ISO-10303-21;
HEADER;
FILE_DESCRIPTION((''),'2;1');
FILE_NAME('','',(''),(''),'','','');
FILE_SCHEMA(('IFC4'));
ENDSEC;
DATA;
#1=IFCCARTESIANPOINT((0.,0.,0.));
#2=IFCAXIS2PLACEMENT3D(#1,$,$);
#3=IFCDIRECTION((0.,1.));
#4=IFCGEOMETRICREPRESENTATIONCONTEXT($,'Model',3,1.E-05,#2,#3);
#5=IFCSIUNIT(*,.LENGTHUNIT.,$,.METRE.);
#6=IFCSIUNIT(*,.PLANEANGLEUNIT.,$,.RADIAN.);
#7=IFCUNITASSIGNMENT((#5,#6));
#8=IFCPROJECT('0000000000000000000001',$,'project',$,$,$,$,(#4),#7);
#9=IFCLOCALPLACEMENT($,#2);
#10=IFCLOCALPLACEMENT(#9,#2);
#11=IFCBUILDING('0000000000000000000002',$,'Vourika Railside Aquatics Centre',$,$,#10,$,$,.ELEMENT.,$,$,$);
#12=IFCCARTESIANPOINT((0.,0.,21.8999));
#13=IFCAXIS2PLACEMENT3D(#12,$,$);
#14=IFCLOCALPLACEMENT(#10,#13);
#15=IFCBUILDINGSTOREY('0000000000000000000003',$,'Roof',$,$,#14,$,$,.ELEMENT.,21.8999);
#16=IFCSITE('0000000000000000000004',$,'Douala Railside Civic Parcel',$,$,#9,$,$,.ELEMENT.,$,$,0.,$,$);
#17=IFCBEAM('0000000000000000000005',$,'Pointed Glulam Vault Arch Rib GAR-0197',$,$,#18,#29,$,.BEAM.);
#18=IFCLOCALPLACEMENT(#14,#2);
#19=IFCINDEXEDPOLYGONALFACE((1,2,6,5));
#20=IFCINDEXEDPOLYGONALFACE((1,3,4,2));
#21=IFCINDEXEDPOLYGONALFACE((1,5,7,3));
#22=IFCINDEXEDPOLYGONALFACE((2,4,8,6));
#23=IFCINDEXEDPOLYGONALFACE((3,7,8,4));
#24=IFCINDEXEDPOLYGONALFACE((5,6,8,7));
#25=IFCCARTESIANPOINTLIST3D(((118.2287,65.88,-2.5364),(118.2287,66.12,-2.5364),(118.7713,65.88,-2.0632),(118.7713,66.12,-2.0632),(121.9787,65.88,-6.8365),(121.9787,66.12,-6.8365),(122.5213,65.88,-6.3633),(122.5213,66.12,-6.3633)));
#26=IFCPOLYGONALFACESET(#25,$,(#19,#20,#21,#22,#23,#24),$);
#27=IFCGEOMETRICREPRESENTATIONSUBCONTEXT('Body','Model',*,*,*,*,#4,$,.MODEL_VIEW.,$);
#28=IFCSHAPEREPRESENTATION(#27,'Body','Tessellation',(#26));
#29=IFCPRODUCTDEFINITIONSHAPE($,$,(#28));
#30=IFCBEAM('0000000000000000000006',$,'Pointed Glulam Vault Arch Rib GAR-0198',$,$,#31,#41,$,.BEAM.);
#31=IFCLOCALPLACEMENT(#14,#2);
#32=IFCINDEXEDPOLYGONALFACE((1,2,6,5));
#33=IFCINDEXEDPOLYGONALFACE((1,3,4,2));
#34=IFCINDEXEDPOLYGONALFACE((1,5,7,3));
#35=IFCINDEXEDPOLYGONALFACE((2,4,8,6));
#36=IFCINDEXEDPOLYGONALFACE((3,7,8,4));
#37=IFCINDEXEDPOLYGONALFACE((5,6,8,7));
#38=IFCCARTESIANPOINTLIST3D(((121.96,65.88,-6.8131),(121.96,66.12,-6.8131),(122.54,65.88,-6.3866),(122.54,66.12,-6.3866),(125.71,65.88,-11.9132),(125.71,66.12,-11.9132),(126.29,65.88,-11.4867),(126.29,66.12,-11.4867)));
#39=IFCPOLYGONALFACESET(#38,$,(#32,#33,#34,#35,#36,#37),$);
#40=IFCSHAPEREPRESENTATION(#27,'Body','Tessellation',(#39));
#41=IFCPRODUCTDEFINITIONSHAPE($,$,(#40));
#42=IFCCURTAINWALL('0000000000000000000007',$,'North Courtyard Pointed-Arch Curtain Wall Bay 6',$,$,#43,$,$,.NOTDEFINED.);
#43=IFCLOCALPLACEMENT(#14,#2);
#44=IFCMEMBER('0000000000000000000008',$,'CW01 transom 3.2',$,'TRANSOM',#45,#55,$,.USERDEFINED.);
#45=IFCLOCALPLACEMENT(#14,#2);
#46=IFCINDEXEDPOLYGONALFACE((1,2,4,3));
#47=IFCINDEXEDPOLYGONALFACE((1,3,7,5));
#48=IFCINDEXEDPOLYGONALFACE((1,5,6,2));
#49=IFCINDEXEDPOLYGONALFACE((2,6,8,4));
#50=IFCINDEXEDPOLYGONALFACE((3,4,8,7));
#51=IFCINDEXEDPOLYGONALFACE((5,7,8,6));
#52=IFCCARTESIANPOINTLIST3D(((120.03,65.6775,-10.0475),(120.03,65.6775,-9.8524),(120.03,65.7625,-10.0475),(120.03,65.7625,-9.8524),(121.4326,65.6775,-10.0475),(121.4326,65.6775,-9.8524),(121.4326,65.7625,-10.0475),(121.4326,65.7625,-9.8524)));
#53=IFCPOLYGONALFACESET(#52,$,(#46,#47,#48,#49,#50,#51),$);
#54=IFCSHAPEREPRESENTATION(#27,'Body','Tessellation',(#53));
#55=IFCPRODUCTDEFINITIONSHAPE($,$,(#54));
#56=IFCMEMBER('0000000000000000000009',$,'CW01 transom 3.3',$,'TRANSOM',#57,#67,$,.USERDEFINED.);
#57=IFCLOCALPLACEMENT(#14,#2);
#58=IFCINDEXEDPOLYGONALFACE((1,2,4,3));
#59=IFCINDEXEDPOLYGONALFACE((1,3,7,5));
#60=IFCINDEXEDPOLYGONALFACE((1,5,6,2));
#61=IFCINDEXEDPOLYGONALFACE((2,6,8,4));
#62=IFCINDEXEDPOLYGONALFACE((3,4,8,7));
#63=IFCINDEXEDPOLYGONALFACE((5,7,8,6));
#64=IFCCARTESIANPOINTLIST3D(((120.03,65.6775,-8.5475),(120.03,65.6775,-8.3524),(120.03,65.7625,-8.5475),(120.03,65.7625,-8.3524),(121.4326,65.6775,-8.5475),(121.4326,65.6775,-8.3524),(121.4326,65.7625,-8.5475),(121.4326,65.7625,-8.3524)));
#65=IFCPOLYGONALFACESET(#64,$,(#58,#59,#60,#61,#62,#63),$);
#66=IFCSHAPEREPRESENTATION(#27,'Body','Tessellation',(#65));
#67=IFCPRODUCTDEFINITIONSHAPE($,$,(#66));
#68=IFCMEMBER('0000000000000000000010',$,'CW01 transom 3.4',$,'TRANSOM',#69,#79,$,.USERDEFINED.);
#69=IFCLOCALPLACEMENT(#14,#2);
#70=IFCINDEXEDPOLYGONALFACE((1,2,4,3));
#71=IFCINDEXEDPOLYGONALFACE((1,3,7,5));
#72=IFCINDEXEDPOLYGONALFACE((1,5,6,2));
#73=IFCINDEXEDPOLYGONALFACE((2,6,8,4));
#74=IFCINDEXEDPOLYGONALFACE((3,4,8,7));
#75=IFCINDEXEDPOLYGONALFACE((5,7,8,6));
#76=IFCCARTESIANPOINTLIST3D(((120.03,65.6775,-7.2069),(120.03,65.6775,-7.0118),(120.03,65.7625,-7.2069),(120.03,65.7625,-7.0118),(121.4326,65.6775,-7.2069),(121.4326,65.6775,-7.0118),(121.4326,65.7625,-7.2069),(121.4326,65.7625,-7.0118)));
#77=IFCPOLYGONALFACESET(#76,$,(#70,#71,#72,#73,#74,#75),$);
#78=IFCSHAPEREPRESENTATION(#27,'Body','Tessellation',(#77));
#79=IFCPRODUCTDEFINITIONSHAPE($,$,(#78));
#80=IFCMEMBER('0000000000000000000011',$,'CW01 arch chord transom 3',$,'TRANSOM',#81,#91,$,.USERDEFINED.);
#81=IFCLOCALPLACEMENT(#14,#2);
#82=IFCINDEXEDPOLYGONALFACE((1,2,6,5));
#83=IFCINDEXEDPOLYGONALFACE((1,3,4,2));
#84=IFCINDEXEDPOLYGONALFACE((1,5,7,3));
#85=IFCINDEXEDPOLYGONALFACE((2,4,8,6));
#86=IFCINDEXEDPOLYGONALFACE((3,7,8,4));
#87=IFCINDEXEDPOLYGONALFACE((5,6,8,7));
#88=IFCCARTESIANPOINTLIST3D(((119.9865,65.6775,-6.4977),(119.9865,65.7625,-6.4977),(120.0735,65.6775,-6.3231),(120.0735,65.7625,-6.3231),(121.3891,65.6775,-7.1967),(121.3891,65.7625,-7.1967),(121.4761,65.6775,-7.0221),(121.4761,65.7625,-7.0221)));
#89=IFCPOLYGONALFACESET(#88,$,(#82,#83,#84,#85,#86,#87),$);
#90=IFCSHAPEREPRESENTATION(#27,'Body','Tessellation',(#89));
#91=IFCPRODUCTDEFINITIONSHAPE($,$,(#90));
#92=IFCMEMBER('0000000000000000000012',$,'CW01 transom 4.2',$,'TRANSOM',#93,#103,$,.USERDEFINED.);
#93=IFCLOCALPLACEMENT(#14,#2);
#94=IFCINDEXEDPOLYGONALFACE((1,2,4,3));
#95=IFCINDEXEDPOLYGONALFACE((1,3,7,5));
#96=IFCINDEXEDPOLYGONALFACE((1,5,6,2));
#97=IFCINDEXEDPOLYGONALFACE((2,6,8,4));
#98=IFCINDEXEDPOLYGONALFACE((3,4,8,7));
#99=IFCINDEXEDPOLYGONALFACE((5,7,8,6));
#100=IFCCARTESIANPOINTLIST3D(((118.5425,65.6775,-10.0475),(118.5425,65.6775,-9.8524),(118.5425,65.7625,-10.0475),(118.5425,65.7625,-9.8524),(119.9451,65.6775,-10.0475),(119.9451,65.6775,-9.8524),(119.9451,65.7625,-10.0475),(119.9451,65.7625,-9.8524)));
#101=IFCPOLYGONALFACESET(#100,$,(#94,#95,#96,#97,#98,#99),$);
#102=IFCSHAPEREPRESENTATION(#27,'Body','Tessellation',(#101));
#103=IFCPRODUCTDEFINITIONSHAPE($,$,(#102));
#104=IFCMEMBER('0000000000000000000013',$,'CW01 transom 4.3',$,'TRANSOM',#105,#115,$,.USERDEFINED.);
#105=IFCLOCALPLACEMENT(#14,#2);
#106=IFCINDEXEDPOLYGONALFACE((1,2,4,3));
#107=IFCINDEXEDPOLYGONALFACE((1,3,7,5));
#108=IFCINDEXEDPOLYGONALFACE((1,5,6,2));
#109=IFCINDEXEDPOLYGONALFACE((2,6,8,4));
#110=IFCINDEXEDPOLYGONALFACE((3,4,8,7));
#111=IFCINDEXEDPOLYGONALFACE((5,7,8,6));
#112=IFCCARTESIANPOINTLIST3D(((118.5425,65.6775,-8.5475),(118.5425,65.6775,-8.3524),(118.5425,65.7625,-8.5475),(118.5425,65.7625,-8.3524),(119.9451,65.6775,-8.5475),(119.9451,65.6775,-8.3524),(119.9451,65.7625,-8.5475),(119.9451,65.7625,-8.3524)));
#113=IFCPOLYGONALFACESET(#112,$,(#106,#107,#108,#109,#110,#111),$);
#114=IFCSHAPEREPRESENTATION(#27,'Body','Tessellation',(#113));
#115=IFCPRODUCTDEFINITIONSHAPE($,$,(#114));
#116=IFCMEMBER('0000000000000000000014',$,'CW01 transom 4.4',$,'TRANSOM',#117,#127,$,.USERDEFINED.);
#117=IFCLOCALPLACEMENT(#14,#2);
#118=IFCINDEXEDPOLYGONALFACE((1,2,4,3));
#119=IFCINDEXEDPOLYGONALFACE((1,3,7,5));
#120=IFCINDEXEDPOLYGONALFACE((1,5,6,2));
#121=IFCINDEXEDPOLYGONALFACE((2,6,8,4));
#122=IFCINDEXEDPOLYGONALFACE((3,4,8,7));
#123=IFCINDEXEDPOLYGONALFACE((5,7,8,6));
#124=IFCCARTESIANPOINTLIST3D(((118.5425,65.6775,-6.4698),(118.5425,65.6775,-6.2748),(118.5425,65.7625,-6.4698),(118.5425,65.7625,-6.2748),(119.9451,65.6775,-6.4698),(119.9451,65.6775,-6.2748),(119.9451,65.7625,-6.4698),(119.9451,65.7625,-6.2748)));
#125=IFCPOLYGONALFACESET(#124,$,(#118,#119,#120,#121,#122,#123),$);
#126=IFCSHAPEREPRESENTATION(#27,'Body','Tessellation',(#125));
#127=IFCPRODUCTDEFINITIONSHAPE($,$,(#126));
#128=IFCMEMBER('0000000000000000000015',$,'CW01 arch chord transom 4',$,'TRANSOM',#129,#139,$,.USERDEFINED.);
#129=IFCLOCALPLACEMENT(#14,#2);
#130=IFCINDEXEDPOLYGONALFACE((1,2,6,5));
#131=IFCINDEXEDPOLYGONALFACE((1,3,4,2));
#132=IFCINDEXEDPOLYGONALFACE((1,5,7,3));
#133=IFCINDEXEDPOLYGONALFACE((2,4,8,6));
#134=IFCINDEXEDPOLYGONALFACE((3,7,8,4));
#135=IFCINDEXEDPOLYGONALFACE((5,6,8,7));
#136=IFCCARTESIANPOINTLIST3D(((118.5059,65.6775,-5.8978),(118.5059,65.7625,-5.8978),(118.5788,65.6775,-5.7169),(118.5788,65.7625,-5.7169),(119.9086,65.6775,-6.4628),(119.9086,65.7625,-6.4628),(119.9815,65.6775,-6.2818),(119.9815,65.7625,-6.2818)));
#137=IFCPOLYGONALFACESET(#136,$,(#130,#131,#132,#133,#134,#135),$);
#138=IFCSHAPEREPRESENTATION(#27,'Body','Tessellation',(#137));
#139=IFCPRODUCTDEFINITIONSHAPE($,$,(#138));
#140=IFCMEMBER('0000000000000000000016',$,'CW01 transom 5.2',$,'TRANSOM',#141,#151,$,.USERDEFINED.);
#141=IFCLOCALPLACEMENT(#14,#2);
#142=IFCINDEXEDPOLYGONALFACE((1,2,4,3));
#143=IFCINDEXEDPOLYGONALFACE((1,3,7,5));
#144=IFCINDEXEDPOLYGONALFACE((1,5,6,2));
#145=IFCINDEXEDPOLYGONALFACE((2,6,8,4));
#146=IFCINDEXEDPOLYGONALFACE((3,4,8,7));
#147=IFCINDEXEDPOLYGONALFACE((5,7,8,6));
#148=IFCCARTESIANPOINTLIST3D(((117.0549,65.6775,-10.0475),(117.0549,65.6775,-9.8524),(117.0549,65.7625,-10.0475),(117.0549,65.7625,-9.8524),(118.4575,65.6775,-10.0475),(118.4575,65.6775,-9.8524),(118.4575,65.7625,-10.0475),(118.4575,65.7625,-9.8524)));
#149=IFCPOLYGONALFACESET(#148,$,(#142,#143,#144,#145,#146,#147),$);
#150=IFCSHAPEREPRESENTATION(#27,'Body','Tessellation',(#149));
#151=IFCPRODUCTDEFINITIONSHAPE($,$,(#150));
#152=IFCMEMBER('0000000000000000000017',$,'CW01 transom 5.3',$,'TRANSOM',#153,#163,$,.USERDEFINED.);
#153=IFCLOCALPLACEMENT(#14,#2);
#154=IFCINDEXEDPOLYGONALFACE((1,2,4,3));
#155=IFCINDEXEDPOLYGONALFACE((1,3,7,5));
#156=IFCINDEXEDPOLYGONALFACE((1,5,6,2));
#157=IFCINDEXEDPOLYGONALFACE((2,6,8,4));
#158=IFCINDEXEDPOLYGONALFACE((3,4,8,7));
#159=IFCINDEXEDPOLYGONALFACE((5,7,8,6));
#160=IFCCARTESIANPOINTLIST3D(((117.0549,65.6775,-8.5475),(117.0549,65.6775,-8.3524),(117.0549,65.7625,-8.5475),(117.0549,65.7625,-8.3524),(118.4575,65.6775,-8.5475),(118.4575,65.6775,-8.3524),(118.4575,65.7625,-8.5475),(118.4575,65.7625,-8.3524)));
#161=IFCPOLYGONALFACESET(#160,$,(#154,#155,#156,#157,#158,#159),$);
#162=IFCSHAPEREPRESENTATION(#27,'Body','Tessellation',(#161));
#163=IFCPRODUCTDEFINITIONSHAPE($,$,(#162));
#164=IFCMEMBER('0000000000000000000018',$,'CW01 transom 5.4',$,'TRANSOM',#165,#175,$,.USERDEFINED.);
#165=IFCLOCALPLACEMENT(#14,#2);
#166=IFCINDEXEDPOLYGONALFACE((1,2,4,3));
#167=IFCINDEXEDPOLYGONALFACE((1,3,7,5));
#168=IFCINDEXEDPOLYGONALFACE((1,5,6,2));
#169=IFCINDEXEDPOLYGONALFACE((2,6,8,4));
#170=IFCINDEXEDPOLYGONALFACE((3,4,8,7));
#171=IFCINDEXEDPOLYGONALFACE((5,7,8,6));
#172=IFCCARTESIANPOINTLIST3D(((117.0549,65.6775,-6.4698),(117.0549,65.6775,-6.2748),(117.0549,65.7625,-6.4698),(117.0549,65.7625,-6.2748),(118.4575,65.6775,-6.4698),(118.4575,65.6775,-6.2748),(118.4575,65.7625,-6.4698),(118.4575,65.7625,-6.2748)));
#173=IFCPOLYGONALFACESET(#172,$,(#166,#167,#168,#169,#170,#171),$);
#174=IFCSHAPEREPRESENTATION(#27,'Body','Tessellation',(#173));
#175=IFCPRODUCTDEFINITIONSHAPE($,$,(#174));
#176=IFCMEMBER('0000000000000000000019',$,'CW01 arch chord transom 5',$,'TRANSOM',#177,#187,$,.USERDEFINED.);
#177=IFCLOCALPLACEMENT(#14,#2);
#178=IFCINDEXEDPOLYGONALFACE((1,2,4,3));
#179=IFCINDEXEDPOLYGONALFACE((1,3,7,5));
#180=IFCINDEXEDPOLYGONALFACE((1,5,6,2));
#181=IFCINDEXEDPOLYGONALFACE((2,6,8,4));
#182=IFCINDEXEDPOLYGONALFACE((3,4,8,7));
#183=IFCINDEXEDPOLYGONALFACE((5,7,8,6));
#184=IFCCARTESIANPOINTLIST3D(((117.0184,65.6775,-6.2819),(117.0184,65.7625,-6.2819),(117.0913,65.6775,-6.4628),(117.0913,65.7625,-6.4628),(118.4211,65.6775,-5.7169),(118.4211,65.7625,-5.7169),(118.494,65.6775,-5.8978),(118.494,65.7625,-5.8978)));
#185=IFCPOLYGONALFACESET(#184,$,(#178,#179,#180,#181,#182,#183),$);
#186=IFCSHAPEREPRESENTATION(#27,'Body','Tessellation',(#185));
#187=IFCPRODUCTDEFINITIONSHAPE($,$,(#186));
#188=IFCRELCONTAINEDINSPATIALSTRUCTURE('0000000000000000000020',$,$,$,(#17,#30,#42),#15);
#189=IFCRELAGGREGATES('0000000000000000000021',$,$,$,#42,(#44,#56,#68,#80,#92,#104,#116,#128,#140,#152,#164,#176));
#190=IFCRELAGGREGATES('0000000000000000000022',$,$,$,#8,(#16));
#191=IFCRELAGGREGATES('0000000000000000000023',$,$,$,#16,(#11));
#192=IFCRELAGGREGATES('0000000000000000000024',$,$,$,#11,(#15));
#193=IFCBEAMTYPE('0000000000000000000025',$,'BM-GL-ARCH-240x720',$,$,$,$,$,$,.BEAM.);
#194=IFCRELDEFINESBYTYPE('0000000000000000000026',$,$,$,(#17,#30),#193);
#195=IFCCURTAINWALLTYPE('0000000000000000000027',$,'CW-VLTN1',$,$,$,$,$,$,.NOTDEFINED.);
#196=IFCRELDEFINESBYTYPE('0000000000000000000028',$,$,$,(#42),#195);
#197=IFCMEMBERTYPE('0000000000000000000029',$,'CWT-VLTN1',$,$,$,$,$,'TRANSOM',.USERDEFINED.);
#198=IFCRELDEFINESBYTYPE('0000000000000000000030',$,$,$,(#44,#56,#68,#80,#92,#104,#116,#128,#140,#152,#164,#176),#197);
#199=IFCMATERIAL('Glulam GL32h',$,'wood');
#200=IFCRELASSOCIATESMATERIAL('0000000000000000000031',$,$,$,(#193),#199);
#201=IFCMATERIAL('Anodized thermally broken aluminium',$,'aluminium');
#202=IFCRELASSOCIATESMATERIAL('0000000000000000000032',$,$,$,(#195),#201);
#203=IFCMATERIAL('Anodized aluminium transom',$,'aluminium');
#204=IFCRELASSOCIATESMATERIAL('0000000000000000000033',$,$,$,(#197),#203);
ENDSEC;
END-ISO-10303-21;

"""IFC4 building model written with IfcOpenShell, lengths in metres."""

from ifc_helpers import new_model, si_unit, direction, frame, origin, origin_2d, place, context, subcontext, project, spatial, rectangle, extrude, material, material_profile, profile_set, type_object, element, aggregate, save


model = new_model("IFC4")

# Units and contexts
model_context = context("Model", 3, precision=1e-05, world=origin(), true_north=direction((0.0, 1.0)))
body_context = subcontext(model_context, "Body", "Model", "MODEL_VIEW")
ifc_project = project(units=[si_unit("LENGTHUNIT", "METRE"), si_unit("PLANEANGLEUNIT", "RADIAN")], contexts=[model_context])

# Site, building, storey
site_placement = place(None, origin())
site = spatial("IfcSite", under=ifc_project, at=site_placement, Name="Douala Railside Civic Parcel", CompositionType="ELEMENT", RefElevation=0.0)
building_placement = place(site_placement, origin())
building = spatial("IfcBuilding", under=site, at=building_placement, Name="Vourika Railside Aquatics Centre", CompositionType="ELEMENT")
storey_placement = place(building_placement, frame((0.0, 0.0, 21.8999)))
storey = spatial("IfcBuildingStorey", under=building, at=storey_placement, Name="Roof", CompositionType="ELEMENT", Elevation=21.8999)

# Beams
ifc_material_1 = material(Name="Glulam GL32h", Category="wood")
ifc_material_profile_1 = material_profile(ifc_material_1, rectangle(XDim=0.24, YDim=0.72, at=origin_2d()), Name="GL32h 240x720")
ifc_profile_set_1 = profile_set([ifc_material_profile_1], Name="Glulam GL32h")
beam_type = type_object("IfcBeamType", Name="BM-GL-ARCH-240x720", PredefinedType="BEAM", material=ifc_profile_set_1)
beam_1_placement = place(storey_placement, frame((118.5, 66.0, -2.2998), z_axis=(0.657259, 0.0, -0.753665), x_axis=(0.0, 1.0, 0.0)))
element("IfcBeam", 1, at=beam_1_placement, inside=storey, type_object=beam_type, Name="Pointed Glulam Vault Arch Rib GAR-0197", PredefinedType="BEAM", context=body_context, shape_type="SweptSolid", body=[
    extrude(rectangle(XDim=0.24, YDim=0.72, at=origin_2d()), origin(), (0.0, 0.0, 1.0), 5.7056),
])
beam_2_placement = place(storey_placement, frame((122.25, 66.0, -6.5999), z_axis=(0.592383, 0.0, -0.805656), x_axis=(0.0, 1.0, 0.0)))
element("IfcBeam", 2, at=beam_2_placement, inside=storey, type_object=beam_type, Name="Pointed Glulam Vault Arch Rib GAR-0198", PredefinedType="BEAM", context=body_context, shape_type="SweptSolid", body=[
    extrude(rectangle(XDim=0.24, YDim=0.72, at=origin_2d()), origin(), (0.0, 0.0, 1.0), 6.3303),
])

# Curtain wall, members
ifc_material_2 = material(Name="Anodized thermally broken aluminium", Category="aluminium")
curtain_wall_type = type_object("IfcCurtainWallType", Name="CW-VLTN1", PredefinedType="NOTDEFINED", material=ifc_material_2)
curtain_wall_placement = place(storey_placement, origin())
curtain_wall = element("IfcCurtainWall", 3, at=curtain_wall_placement, inside=storey, type_object=curtain_wall_type, Name="North Courtyard Pointed-Arch Curtain Wall Bay 6", PredefinedType="NOTDEFINED")
ifc_material_3 = material(Name="Anodized aluminium transom", Category="aluminium")
ifc_material_profile_2 = material_profile(ifc_material_3, rectangle(XDim=0.085, YDim=0.1951, at=origin_2d()), Name="ALU-T 85x195")
ifc_profile_set_2 = profile_set([ifc_material_profile_2], Name="Anodized aluminium transom")
member_type = type_object("IfcMemberType", Name="CWT-VLTN1", ElementType="TRANSOM", PredefinedType="USERDEFINED", material=ifc_profile_set_2)
member_1_placement = place(storey_placement, frame((121.4326, 65.72, -9.95), z_axis=(-1.0, 0.0, 0.0), x_axis=(0.0, -1.0, 0.0)))
member_1 = element("IfcMember", 4, at=member_1_placement, type_object=member_type, Name="CW01 transom 3.2", ObjectType="TRANSOM", PredefinedType="USERDEFINED", context=body_context, shape_type="SweptSolid", body=[
    extrude(rectangle(XDim=0.085, YDim=0.1951, at=origin_2d()), origin(), (0.0, 0.0, 1.0), 1.4026),
])
member_2_placement = place(storey_placement, frame((121.4326, 65.72, -8.45), z_axis=(-1.0, 0.0, 0.0), x_axis=(0.0, -1.0, 0.0)))
member_2 = element("IfcMember", 5, at=member_2_placement, type_object=member_type, Name="CW01 transom 3.3", ObjectType="TRANSOM", PredefinedType="USERDEFINED", context=body_context, shape_type="SweptSolid", body=[
    extrude(rectangle(XDim=0.085, YDim=0.1951, at=origin_2d()), origin(), (0.0, 0.0, 1.0), 1.4026),
])
member_3_placement = place(storey_placement, frame((121.4326, 65.72, -7.1094), z_axis=(-1.0, 0.0, 0.0), x_axis=(0.0, -1.0, 0.0)))
member_3 = element("IfcMember", 6, at=member_3_placement, type_object=member_type, Name="CW01 transom 3.4", ObjectType="TRANSOM", PredefinedType="USERDEFINED", context=body_context, shape_type="SweptSolid", body=[
    extrude(rectangle(XDim=0.085, YDim=0.1951, at=origin_2d()), origin(), (0.0, 0.0, 1.0), 1.4026),
])
member_4_placement = place(storey_placement, frame((121.4326, 65.72, -7.1094), z_axis=(-0.895018, 0.0, 0.446029), x_axis=(0.0, -1.0, 0.0)))
member_4 = element("IfcMember", 7, at=member_4_placement, type_object=member_type, Name="CW01 arch chord transom 3", ObjectType="TRANSOM", PredefinedType="USERDEFINED", context=body_context, shape_type="SweptSolid", body=[
    extrude(rectangle(XDim=0.085, YDim=0.1951, at=origin_2d()), origin(), (0.0, 0.0, 1.0), 1.5671),
])
member_5_placement = place(storey_placement, frame((119.9451, 65.72, -9.95), z_axis=(-1.0, 0.0, 0.0), x_axis=(0.0, -1.0, 0.0)))
member_5 = element("IfcMember", 8, at=member_5_placement, type_object=member_type, Name="CW01 transom 4.2", ObjectType="TRANSOM", PredefinedType="USERDEFINED", context=body_context, shape_type="SweptSolid", body=[
    extrude(rectangle(XDim=0.085, YDim=0.1951, at=origin_2d()), origin(), (0.0, 0.0, 1.0), 1.4026),
])
member_6_placement = place(storey_placement, frame((119.9451, 65.72, -8.45), z_axis=(-1.0, 0.0, 0.0), x_axis=(0.0, -1.0, 0.0)))
member_6 = element("IfcMember", 9, at=member_6_placement, type_object=member_type, Name="CW01 transom 4.3", ObjectType="TRANSOM", PredefinedType="USERDEFINED", context=body_context, shape_type="SweptSolid", body=[
    extrude(rectangle(XDim=0.085, YDim=0.1951, at=origin_2d()), origin(), (0.0, 0.0, 1.0), 1.4026),
])
member_7_placement = place(storey_placement, frame((119.9451, 65.72, -6.3723), z_axis=(-1.0, 0.0, 0.0), x_axis=(0.0, -1.0, 0.0)))
member_7 = element("IfcMember", 10, at=member_7_placement, type_object=member_type, Name="CW01 transom 4.4", ObjectType="TRANSOM", PredefinedType="USERDEFINED", context=body_context, shape_type="SweptSolid", body=[
    extrude(rectangle(XDim=0.085, YDim=0.1951, at=origin_2d()), origin(), (0.0, 0.0, 1.0), 1.4026),
])
member_8_placement = place(storey_placement, frame((119.9451, 65.72, -6.3723), z_axis=(-0.927583, 0.0, 0.373617), x_axis=(0.0, -1.0, 0.0)))
member_8 = element("IfcMember", 11, at=member_8_placement, type_object=member_type, Name="CW01 arch chord transom 4", ObjectType="TRANSOM", PredefinedType="USERDEFINED", context=body_context, shape_type="SweptSolid", body=[
    extrude(rectangle(XDim=0.085, YDim=0.1951, at=origin_2d()), origin(), (0.0, 0.0, 1.0), 1.5122),
])
member_9_placement = place(storey_placement, frame((118.4575, 65.72, -9.95), z_axis=(-1.0, 0.0, 0.0), x_axis=(0.0, -1.0, 0.0)))
member_9 = element("IfcMember", 12, at=member_9_placement, type_object=member_type, Name="CW01 transom 5.2", ObjectType="TRANSOM", PredefinedType="USERDEFINED", context=body_context, shape_type="SweptSolid", body=[
    extrude(rectangle(XDim=0.085, YDim=0.1951, at=origin_2d()), origin(), (0.0, 0.0, 1.0), 1.4026),
])
member_10_placement = place(storey_placement, frame((118.4575, 65.72, -8.45), z_axis=(-1.0, 0.0, 0.0), x_axis=(0.0, -1.0, 0.0)))
member_10 = element("IfcMember", 13, at=member_10_placement, type_object=member_type, Name="CW01 transom 5.3", ObjectType="TRANSOM", PredefinedType="USERDEFINED", context=body_context, shape_type="SweptSolid", body=[
    extrude(rectangle(XDim=0.085, YDim=0.1951, at=origin_2d()), origin(), (0.0, 0.0, 1.0), 1.4026),
])
member_11_placement = place(storey_placement, frame((118.4575, 65.72, -6.3723), z_axis=(-1.0, 0.0, 0.0), x_axis=(0.0, -1.0, 0.0)))
member_11 = element("IfcMember", 14, at=member_11_placement, type_object=member_type, Name="CW01 transom 5.4", ObjectType="TRANSOM", PredefinedType="USERDEFINED", context=body_context, shape_type="SweptSolid", body=[
    extrude(rectangle(XDim=0.085, YDim=0.1951, at=origin_2d()), origin(), (0.0, 0.0, 1.0), 1.4026),
])
member_12_placement = place(storey_placement, frame((118.4575, 65.72, -5.8074), z_axis=(-0.927583, 0.0, -0.373617), x_axis=(0.0, -1.0, 0.0)))
member_12 = element("IfcMember", 15, at=member_12_placement, type_object=member_type, Name="CW01 arch chord transom 5", ObjectType="TRANSOM", PredefinedType="USERDEFINED", context=body_context, shape_type="SweptSolid", body=[
    extrude(rectangle(XDim=0.085, YDim=0.1951, at=origin_2d()), origin(), (0.0, 0.0, 1.0), 1.5122),
])
aggregate(curtain_wall, [member_1, member_2, member_3, member_4, member_5, member_6, member_7, member_8, member_9, member_10, member_11, member_12])

save(model, "model.ifc")
